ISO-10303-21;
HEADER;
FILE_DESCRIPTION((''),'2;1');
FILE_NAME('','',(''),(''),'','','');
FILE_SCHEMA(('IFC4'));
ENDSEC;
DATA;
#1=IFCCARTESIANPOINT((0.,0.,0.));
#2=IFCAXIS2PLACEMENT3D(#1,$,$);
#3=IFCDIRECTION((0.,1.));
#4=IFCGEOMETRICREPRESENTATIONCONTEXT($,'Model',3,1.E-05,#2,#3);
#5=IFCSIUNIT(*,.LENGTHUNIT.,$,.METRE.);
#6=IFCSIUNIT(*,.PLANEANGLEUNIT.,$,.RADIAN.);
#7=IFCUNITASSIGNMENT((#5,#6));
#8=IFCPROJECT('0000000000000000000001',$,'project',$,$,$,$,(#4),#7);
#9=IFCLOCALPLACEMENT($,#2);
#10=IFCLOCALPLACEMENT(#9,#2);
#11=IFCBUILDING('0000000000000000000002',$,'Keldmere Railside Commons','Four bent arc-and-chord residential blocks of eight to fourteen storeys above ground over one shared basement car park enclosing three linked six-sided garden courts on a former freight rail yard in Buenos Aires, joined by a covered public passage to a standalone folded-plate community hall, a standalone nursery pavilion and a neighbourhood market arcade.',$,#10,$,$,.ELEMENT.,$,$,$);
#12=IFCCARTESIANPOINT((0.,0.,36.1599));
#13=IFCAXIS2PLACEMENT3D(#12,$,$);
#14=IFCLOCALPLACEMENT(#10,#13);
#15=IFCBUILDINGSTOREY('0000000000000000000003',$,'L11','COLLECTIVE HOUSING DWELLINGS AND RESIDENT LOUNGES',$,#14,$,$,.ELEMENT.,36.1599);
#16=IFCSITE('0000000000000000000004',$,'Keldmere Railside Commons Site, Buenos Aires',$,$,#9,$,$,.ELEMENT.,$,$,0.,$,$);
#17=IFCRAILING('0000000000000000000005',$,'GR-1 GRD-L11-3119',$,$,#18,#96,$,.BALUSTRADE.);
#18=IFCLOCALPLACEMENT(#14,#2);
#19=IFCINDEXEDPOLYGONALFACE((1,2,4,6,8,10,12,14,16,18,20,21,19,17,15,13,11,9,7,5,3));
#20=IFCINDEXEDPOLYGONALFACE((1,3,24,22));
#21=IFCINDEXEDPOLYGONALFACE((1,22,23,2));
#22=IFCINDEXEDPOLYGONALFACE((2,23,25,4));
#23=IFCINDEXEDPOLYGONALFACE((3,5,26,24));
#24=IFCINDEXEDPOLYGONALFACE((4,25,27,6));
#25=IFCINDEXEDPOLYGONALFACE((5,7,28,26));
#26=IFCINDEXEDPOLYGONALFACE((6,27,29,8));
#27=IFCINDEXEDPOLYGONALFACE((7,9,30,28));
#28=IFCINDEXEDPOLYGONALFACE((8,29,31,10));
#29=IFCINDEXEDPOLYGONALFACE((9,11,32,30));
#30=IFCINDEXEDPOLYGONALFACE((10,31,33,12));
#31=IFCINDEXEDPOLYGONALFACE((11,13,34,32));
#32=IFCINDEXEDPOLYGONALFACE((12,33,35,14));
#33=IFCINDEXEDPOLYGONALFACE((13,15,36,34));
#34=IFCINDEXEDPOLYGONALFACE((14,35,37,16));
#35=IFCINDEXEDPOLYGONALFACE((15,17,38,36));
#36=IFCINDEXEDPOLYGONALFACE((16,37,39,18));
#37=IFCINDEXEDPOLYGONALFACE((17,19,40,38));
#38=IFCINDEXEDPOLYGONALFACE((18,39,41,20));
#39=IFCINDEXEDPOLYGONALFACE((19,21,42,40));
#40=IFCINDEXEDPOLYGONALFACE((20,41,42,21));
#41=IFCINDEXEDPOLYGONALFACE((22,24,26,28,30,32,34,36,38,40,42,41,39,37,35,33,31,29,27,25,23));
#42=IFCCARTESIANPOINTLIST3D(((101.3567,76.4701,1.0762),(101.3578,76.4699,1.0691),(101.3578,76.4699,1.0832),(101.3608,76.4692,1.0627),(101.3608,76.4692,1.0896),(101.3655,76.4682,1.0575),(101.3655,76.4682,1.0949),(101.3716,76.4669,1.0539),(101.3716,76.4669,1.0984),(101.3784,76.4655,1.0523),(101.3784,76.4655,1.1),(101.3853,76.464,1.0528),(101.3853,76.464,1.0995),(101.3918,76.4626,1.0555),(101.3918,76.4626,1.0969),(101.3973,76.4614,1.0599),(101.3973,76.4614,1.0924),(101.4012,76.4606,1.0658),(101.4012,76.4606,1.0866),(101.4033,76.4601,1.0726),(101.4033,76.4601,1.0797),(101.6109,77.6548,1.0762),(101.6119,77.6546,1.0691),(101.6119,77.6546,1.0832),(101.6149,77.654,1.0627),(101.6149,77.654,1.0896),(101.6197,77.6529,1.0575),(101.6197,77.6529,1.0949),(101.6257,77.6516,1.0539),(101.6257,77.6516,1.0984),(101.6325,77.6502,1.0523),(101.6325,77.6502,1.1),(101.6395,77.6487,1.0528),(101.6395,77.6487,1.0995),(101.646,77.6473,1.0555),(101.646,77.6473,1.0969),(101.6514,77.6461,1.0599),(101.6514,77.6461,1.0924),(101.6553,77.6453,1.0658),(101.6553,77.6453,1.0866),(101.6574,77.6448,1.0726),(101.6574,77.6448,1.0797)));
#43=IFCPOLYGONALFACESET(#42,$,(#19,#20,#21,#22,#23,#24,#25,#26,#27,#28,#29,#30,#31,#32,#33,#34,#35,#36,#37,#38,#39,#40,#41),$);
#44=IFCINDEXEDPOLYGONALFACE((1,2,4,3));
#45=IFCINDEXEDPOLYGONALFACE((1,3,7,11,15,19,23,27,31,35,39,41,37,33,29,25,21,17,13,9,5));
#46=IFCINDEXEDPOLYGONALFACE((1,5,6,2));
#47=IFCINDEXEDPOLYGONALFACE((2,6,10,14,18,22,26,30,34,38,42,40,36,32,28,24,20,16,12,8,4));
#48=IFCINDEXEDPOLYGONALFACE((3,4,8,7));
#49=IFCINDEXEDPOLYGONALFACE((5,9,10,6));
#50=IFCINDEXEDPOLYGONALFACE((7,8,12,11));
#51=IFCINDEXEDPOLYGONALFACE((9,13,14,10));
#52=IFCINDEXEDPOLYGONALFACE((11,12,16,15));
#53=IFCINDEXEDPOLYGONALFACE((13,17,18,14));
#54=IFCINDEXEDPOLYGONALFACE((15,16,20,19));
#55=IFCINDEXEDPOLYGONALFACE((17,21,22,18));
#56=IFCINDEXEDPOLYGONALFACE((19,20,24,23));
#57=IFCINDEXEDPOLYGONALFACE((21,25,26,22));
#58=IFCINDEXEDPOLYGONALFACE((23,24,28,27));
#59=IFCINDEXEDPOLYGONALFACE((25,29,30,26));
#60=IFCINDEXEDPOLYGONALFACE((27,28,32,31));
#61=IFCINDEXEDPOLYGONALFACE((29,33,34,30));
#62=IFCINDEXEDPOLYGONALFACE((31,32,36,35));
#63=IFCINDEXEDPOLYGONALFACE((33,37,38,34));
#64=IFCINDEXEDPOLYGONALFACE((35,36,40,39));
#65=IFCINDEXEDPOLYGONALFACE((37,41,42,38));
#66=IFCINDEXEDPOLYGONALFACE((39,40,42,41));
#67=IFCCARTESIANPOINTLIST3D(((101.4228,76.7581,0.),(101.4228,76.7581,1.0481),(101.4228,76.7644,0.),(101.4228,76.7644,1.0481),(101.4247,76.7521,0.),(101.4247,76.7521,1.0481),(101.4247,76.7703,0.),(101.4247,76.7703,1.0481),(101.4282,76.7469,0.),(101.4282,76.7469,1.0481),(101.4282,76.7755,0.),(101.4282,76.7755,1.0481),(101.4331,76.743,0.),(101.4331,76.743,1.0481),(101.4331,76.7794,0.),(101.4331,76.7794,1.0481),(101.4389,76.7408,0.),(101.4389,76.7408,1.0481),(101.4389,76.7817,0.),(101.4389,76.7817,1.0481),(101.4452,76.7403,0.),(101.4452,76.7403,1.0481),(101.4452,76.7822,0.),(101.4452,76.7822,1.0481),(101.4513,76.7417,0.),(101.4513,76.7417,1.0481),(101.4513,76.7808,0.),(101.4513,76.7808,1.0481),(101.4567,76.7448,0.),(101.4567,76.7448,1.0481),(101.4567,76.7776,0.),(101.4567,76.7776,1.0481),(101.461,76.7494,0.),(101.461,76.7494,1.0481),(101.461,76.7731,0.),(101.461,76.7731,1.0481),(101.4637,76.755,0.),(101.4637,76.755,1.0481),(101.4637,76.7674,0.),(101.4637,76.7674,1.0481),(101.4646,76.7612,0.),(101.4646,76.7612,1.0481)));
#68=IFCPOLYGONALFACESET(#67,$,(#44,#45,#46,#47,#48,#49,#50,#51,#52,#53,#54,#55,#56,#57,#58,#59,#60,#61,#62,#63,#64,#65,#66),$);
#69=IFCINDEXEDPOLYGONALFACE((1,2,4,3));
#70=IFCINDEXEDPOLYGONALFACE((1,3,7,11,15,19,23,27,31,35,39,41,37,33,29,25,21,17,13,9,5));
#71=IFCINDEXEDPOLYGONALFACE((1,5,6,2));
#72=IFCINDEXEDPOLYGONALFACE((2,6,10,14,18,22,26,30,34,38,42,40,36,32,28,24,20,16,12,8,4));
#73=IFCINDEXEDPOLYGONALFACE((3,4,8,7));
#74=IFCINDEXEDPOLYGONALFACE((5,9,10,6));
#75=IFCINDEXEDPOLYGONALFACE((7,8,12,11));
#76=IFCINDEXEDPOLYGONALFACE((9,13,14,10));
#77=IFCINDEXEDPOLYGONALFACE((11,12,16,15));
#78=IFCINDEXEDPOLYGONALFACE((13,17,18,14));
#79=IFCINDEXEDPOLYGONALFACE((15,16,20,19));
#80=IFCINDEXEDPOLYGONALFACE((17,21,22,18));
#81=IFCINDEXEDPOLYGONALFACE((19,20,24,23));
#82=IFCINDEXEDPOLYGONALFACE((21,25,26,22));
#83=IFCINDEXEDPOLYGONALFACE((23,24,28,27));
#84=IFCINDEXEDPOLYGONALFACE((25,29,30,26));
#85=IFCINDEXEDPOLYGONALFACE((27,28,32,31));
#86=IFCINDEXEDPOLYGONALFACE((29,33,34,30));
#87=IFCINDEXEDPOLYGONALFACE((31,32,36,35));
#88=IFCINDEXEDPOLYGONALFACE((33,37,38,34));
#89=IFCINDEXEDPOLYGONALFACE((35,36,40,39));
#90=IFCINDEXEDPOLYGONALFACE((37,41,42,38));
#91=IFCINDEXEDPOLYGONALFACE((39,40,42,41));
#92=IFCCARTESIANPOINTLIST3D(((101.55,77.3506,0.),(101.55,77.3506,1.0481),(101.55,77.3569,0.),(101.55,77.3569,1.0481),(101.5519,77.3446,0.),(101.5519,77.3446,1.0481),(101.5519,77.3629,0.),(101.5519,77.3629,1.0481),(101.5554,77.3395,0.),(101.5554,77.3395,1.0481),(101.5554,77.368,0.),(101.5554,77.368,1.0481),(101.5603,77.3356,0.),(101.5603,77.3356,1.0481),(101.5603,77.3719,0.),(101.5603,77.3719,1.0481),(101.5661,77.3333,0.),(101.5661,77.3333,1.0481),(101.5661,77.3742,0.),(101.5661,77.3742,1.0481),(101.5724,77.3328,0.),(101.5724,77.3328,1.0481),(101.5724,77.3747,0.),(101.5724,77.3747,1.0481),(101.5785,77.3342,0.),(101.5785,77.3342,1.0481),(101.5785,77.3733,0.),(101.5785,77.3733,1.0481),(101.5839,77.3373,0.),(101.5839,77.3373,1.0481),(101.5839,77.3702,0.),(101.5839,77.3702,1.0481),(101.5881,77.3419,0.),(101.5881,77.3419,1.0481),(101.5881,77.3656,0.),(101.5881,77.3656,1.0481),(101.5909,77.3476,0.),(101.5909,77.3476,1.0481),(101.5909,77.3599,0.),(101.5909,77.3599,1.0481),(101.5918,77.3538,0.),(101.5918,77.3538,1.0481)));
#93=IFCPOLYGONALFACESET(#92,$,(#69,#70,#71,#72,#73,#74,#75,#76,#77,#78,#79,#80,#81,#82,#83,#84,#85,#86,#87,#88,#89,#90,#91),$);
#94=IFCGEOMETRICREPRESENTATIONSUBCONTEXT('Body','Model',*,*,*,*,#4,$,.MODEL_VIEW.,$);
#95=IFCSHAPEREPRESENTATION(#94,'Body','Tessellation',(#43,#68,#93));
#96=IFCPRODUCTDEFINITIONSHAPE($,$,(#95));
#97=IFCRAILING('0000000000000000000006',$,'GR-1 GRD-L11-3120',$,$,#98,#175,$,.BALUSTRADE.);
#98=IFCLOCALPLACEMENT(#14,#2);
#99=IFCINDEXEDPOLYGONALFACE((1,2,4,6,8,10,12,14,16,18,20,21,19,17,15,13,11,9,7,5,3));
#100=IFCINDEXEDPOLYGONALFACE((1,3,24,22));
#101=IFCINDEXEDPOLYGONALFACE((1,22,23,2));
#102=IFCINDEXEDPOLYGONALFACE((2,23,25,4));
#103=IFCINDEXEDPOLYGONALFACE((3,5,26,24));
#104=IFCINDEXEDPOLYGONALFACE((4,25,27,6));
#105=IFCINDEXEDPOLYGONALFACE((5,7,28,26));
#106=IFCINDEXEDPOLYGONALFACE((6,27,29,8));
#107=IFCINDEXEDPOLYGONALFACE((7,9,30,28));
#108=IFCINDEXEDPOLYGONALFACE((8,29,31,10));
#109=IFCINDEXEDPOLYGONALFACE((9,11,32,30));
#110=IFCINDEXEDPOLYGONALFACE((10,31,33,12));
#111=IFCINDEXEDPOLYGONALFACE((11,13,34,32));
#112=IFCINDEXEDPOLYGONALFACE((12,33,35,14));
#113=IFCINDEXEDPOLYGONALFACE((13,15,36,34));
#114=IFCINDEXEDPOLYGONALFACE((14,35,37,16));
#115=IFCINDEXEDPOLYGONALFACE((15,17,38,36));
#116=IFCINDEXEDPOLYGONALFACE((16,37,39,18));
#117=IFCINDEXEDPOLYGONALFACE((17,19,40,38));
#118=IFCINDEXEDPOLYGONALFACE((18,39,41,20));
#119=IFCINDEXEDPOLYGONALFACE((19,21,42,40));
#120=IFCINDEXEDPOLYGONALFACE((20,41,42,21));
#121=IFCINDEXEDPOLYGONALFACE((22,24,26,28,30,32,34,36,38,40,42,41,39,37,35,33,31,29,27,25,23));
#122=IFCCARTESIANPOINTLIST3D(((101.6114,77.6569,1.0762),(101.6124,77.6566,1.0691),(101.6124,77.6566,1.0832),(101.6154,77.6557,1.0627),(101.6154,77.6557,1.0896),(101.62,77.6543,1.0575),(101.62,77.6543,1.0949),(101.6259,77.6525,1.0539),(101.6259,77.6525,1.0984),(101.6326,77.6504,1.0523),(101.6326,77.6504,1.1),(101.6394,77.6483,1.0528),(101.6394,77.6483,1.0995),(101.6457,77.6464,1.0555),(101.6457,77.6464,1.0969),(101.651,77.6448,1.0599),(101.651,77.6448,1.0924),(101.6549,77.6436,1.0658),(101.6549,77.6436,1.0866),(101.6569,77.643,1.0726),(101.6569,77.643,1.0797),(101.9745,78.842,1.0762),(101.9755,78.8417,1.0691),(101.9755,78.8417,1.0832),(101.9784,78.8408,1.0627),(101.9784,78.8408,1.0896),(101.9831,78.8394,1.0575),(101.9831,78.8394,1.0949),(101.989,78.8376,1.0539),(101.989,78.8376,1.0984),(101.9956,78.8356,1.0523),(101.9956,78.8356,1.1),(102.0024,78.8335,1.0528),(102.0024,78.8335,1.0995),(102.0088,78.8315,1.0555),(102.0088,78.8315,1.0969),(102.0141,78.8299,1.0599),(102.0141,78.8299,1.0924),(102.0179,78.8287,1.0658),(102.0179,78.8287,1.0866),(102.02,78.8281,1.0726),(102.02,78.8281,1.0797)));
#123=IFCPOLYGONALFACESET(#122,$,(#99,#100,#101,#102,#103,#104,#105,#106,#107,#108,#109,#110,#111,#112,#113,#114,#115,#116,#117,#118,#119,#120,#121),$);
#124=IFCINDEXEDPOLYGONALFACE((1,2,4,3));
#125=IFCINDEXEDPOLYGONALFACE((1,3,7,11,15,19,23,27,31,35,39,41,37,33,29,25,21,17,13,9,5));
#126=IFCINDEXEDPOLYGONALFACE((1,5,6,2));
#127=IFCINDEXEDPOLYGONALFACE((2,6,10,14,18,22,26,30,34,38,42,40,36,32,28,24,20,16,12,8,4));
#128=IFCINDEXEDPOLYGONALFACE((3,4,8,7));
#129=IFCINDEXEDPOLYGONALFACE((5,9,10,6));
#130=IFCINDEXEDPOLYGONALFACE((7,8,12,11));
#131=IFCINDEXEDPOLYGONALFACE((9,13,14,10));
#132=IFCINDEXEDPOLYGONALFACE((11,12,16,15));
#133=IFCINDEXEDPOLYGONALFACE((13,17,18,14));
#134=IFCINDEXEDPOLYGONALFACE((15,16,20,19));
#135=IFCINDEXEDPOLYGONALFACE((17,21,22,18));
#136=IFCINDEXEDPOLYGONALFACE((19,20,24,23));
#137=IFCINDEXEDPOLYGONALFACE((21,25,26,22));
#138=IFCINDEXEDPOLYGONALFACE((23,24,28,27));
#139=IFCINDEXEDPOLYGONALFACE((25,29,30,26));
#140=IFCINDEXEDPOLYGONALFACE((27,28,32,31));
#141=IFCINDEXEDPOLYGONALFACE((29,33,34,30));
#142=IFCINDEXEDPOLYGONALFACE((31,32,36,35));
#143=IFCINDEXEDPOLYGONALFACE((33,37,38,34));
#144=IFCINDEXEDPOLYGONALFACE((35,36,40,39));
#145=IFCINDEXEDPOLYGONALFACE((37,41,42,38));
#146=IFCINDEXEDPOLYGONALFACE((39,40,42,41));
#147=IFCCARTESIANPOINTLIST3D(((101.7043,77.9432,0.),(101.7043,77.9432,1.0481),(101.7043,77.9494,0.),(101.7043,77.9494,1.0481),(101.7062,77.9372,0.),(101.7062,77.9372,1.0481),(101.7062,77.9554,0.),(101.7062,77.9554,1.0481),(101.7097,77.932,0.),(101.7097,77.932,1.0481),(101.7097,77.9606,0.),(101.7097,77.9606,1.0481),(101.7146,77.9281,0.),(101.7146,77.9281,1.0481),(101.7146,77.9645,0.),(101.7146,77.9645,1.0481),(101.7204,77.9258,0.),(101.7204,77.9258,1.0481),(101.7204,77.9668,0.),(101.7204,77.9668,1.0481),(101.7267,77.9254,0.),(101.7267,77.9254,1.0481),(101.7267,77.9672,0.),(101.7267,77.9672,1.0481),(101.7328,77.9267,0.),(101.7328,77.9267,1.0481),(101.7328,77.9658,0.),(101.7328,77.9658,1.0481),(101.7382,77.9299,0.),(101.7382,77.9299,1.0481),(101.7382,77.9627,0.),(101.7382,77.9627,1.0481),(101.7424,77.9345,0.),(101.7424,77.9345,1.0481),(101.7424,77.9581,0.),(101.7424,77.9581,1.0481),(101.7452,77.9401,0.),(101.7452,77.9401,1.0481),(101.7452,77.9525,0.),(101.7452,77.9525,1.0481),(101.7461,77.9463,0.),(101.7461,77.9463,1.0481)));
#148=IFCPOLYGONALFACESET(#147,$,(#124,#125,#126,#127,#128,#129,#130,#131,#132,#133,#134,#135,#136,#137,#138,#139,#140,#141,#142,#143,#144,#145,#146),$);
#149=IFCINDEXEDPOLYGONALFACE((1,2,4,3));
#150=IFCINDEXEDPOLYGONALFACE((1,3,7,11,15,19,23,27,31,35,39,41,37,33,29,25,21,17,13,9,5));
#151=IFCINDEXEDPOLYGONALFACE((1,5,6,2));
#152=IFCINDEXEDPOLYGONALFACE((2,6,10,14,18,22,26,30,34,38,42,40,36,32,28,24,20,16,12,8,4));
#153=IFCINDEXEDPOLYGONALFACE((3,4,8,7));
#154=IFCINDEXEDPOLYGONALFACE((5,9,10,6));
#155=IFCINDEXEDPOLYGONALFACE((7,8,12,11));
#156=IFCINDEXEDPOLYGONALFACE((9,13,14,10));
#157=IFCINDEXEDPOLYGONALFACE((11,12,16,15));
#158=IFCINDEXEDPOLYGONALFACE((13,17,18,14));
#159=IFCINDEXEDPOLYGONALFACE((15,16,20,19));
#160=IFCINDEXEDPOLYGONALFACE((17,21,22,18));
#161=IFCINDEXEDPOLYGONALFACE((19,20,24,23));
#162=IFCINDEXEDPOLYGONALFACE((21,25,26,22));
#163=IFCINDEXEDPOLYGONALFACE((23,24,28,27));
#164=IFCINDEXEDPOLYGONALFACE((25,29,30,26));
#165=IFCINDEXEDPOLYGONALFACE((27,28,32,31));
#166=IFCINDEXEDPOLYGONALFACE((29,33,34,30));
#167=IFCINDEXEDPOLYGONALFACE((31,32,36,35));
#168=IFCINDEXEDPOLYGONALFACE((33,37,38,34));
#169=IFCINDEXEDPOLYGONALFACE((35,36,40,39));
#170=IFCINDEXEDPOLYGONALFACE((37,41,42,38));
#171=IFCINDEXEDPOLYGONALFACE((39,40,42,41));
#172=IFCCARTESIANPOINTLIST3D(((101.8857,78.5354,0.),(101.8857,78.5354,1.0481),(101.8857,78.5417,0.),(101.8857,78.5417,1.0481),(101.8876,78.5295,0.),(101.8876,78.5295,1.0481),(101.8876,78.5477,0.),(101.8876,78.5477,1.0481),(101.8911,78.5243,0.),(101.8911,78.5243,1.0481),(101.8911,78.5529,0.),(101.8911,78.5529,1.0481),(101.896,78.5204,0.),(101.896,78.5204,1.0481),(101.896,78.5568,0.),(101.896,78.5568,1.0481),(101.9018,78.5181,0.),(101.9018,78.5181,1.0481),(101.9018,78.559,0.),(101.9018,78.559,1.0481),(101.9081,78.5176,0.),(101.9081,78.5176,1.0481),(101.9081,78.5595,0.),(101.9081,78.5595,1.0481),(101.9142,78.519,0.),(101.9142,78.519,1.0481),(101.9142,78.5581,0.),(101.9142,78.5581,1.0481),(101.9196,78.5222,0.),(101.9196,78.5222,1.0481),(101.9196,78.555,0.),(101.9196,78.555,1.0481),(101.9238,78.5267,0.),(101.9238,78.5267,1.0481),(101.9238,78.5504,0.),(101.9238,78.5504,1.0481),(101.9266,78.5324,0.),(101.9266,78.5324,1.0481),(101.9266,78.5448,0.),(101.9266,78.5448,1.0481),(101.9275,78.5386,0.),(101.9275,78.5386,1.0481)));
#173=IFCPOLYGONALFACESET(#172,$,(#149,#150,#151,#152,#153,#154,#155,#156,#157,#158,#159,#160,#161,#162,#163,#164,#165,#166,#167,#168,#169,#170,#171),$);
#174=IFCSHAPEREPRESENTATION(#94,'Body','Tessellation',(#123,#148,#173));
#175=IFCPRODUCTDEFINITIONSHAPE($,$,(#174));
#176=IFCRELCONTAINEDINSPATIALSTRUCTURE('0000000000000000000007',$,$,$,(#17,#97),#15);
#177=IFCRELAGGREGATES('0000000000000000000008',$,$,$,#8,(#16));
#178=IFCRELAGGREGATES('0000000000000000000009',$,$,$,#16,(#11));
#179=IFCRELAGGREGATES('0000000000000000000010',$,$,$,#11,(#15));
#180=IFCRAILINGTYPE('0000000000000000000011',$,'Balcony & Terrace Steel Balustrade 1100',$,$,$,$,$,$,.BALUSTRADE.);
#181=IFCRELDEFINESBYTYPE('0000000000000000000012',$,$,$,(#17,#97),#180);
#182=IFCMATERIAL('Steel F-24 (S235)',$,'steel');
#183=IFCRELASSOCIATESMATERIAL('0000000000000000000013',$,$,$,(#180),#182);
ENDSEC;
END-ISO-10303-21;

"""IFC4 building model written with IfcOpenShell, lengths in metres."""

from ifc_helpers import new_model, si_unit, direction, frame, origin, origin_2d, place, context, subcontext, project, spatial, circle, extrude, material, type_object, element, save


model = new_model("IFC4")

# Units and contexts
model_context = context("Model", 3, precision=1e-05, world=origin(), true_north=direction((0.0, 1.0)))
body_context = subcontext(model_context, "Body", "Model", "MODEL_VIEW")
ifc_project = project(units=[si_unit("LENGTHUNIT", "METRE"), si_unit("PLANEANGLEUNIT", "RADIAN")], contexts=[model_context])

# Site, building, storey
site_placement = place(None, origin())
site = spatial("IfcSite", under=ifc_project, at=site_placement, Name="Keldmere Railside Commons Site, Buenos Aires", CompositionType="ELEMENT", RefElevation=0.0)
building_placement = place(site_placement, origin())
building = spatial("IfcBuilding", under=site, at=building_placement, Name="Keldmere Railside Commons", Description="Four bent arc-and-chord residential blocks of eight to fourteen storeys above ground over one shared basement car park enclosing three linked six-sided garden courts on a former freight rail yard in Buenos Aires, joined by a covered public passage to a standalone folded-plate community hall, a standalone nursery pavilion and a neighbourhood market arcade.", CompositionType="ELEMENT")
storey_placement = place(building_placement, frame((0.0, 0.0, 36.1599)))
storey = spatial("IfcBuildingStorey", under=building, at=storey_placement, Name="L11", Description="COLLECTIVE HOUSING DWELLINGS AND RESIDENT LOUNGES", CompositionType="ELEMENT", Elevation=36.1599)

# Railings
ifc_material_1 = material(Name="Steel F-24 (S235)", Category="steel")
railing_type = type_object("IfcRailingType", Name="Balcony & Terrace Steel Balustrade 1100", PredefinedType="BALUSTRADE", material=ifc_material_1)
railing_1_placement = place(storey_placement, frame((101.3801, 76.4651, 0.0)))
element("IfcRailing", 1, at=railing_1_placement, inside=storey, type_object=railing_type, Name="GR-1 GRD-L11-3119", PredefinedType="BALUSTRADE", context=body_context, shape_type="SweptSolid", body=[
    extrude(circle(Radius=0.0239, at=origin_2d()), frame((0.0, 0.0, 1.0762), z_axis=(0.209735, 0.977758, 0.0), x_axis=(-0.977758, 0.209735, 0.0)), (0.0, 0.0, 1.0), 1.2117),
    extrude(circle(Radius=0.021, at=origin_2d()), frame((0.0635, 0.2961, 0.0)), (0.0, 0.0, 1.0), 1.0481),
    extrude(circle(Radius=0.021, at=origin_2d()), frame((0.1907, 0.8887, 0.0)), (0.0, 0.0, 1.0), 1.0481),
])
railing_2_placement = place(storey_placement, frame((101.6343, 77.6499, 0.0)))
element("IfcRailing", 2, at=railing_2_placement, inside=storey, type_object=railing_type, Name="GR-1 GRD-L11-3120", PredefinedType="BALUSTRADE", context=body_context, shape_type="SweptSolid", body=[
    extrude(circle(Radius=0.0239, at=origin_2d()), frame((0.0, 0.0, 1.0762), z_axis=(0.292909, 0.95614, 0.0), x_axis=(-0.95614, 0.292909, 0.0)), (0.0, 0.0, 1.0), 1.2395),
    extrude(circle(Radius=0.021, at=origin_2d()), frame((0.0908, 0.2964, 0.0)), (0.0, 0.0, 1.0), 1.0481),
    extrude(circle(Radius=0.021, at=origin_2d()), frame((0.2722, 0.8887, 0.0)), (0.0, 0.0, 1.0), 1.0481),
])

save(model, "model.ifc")
